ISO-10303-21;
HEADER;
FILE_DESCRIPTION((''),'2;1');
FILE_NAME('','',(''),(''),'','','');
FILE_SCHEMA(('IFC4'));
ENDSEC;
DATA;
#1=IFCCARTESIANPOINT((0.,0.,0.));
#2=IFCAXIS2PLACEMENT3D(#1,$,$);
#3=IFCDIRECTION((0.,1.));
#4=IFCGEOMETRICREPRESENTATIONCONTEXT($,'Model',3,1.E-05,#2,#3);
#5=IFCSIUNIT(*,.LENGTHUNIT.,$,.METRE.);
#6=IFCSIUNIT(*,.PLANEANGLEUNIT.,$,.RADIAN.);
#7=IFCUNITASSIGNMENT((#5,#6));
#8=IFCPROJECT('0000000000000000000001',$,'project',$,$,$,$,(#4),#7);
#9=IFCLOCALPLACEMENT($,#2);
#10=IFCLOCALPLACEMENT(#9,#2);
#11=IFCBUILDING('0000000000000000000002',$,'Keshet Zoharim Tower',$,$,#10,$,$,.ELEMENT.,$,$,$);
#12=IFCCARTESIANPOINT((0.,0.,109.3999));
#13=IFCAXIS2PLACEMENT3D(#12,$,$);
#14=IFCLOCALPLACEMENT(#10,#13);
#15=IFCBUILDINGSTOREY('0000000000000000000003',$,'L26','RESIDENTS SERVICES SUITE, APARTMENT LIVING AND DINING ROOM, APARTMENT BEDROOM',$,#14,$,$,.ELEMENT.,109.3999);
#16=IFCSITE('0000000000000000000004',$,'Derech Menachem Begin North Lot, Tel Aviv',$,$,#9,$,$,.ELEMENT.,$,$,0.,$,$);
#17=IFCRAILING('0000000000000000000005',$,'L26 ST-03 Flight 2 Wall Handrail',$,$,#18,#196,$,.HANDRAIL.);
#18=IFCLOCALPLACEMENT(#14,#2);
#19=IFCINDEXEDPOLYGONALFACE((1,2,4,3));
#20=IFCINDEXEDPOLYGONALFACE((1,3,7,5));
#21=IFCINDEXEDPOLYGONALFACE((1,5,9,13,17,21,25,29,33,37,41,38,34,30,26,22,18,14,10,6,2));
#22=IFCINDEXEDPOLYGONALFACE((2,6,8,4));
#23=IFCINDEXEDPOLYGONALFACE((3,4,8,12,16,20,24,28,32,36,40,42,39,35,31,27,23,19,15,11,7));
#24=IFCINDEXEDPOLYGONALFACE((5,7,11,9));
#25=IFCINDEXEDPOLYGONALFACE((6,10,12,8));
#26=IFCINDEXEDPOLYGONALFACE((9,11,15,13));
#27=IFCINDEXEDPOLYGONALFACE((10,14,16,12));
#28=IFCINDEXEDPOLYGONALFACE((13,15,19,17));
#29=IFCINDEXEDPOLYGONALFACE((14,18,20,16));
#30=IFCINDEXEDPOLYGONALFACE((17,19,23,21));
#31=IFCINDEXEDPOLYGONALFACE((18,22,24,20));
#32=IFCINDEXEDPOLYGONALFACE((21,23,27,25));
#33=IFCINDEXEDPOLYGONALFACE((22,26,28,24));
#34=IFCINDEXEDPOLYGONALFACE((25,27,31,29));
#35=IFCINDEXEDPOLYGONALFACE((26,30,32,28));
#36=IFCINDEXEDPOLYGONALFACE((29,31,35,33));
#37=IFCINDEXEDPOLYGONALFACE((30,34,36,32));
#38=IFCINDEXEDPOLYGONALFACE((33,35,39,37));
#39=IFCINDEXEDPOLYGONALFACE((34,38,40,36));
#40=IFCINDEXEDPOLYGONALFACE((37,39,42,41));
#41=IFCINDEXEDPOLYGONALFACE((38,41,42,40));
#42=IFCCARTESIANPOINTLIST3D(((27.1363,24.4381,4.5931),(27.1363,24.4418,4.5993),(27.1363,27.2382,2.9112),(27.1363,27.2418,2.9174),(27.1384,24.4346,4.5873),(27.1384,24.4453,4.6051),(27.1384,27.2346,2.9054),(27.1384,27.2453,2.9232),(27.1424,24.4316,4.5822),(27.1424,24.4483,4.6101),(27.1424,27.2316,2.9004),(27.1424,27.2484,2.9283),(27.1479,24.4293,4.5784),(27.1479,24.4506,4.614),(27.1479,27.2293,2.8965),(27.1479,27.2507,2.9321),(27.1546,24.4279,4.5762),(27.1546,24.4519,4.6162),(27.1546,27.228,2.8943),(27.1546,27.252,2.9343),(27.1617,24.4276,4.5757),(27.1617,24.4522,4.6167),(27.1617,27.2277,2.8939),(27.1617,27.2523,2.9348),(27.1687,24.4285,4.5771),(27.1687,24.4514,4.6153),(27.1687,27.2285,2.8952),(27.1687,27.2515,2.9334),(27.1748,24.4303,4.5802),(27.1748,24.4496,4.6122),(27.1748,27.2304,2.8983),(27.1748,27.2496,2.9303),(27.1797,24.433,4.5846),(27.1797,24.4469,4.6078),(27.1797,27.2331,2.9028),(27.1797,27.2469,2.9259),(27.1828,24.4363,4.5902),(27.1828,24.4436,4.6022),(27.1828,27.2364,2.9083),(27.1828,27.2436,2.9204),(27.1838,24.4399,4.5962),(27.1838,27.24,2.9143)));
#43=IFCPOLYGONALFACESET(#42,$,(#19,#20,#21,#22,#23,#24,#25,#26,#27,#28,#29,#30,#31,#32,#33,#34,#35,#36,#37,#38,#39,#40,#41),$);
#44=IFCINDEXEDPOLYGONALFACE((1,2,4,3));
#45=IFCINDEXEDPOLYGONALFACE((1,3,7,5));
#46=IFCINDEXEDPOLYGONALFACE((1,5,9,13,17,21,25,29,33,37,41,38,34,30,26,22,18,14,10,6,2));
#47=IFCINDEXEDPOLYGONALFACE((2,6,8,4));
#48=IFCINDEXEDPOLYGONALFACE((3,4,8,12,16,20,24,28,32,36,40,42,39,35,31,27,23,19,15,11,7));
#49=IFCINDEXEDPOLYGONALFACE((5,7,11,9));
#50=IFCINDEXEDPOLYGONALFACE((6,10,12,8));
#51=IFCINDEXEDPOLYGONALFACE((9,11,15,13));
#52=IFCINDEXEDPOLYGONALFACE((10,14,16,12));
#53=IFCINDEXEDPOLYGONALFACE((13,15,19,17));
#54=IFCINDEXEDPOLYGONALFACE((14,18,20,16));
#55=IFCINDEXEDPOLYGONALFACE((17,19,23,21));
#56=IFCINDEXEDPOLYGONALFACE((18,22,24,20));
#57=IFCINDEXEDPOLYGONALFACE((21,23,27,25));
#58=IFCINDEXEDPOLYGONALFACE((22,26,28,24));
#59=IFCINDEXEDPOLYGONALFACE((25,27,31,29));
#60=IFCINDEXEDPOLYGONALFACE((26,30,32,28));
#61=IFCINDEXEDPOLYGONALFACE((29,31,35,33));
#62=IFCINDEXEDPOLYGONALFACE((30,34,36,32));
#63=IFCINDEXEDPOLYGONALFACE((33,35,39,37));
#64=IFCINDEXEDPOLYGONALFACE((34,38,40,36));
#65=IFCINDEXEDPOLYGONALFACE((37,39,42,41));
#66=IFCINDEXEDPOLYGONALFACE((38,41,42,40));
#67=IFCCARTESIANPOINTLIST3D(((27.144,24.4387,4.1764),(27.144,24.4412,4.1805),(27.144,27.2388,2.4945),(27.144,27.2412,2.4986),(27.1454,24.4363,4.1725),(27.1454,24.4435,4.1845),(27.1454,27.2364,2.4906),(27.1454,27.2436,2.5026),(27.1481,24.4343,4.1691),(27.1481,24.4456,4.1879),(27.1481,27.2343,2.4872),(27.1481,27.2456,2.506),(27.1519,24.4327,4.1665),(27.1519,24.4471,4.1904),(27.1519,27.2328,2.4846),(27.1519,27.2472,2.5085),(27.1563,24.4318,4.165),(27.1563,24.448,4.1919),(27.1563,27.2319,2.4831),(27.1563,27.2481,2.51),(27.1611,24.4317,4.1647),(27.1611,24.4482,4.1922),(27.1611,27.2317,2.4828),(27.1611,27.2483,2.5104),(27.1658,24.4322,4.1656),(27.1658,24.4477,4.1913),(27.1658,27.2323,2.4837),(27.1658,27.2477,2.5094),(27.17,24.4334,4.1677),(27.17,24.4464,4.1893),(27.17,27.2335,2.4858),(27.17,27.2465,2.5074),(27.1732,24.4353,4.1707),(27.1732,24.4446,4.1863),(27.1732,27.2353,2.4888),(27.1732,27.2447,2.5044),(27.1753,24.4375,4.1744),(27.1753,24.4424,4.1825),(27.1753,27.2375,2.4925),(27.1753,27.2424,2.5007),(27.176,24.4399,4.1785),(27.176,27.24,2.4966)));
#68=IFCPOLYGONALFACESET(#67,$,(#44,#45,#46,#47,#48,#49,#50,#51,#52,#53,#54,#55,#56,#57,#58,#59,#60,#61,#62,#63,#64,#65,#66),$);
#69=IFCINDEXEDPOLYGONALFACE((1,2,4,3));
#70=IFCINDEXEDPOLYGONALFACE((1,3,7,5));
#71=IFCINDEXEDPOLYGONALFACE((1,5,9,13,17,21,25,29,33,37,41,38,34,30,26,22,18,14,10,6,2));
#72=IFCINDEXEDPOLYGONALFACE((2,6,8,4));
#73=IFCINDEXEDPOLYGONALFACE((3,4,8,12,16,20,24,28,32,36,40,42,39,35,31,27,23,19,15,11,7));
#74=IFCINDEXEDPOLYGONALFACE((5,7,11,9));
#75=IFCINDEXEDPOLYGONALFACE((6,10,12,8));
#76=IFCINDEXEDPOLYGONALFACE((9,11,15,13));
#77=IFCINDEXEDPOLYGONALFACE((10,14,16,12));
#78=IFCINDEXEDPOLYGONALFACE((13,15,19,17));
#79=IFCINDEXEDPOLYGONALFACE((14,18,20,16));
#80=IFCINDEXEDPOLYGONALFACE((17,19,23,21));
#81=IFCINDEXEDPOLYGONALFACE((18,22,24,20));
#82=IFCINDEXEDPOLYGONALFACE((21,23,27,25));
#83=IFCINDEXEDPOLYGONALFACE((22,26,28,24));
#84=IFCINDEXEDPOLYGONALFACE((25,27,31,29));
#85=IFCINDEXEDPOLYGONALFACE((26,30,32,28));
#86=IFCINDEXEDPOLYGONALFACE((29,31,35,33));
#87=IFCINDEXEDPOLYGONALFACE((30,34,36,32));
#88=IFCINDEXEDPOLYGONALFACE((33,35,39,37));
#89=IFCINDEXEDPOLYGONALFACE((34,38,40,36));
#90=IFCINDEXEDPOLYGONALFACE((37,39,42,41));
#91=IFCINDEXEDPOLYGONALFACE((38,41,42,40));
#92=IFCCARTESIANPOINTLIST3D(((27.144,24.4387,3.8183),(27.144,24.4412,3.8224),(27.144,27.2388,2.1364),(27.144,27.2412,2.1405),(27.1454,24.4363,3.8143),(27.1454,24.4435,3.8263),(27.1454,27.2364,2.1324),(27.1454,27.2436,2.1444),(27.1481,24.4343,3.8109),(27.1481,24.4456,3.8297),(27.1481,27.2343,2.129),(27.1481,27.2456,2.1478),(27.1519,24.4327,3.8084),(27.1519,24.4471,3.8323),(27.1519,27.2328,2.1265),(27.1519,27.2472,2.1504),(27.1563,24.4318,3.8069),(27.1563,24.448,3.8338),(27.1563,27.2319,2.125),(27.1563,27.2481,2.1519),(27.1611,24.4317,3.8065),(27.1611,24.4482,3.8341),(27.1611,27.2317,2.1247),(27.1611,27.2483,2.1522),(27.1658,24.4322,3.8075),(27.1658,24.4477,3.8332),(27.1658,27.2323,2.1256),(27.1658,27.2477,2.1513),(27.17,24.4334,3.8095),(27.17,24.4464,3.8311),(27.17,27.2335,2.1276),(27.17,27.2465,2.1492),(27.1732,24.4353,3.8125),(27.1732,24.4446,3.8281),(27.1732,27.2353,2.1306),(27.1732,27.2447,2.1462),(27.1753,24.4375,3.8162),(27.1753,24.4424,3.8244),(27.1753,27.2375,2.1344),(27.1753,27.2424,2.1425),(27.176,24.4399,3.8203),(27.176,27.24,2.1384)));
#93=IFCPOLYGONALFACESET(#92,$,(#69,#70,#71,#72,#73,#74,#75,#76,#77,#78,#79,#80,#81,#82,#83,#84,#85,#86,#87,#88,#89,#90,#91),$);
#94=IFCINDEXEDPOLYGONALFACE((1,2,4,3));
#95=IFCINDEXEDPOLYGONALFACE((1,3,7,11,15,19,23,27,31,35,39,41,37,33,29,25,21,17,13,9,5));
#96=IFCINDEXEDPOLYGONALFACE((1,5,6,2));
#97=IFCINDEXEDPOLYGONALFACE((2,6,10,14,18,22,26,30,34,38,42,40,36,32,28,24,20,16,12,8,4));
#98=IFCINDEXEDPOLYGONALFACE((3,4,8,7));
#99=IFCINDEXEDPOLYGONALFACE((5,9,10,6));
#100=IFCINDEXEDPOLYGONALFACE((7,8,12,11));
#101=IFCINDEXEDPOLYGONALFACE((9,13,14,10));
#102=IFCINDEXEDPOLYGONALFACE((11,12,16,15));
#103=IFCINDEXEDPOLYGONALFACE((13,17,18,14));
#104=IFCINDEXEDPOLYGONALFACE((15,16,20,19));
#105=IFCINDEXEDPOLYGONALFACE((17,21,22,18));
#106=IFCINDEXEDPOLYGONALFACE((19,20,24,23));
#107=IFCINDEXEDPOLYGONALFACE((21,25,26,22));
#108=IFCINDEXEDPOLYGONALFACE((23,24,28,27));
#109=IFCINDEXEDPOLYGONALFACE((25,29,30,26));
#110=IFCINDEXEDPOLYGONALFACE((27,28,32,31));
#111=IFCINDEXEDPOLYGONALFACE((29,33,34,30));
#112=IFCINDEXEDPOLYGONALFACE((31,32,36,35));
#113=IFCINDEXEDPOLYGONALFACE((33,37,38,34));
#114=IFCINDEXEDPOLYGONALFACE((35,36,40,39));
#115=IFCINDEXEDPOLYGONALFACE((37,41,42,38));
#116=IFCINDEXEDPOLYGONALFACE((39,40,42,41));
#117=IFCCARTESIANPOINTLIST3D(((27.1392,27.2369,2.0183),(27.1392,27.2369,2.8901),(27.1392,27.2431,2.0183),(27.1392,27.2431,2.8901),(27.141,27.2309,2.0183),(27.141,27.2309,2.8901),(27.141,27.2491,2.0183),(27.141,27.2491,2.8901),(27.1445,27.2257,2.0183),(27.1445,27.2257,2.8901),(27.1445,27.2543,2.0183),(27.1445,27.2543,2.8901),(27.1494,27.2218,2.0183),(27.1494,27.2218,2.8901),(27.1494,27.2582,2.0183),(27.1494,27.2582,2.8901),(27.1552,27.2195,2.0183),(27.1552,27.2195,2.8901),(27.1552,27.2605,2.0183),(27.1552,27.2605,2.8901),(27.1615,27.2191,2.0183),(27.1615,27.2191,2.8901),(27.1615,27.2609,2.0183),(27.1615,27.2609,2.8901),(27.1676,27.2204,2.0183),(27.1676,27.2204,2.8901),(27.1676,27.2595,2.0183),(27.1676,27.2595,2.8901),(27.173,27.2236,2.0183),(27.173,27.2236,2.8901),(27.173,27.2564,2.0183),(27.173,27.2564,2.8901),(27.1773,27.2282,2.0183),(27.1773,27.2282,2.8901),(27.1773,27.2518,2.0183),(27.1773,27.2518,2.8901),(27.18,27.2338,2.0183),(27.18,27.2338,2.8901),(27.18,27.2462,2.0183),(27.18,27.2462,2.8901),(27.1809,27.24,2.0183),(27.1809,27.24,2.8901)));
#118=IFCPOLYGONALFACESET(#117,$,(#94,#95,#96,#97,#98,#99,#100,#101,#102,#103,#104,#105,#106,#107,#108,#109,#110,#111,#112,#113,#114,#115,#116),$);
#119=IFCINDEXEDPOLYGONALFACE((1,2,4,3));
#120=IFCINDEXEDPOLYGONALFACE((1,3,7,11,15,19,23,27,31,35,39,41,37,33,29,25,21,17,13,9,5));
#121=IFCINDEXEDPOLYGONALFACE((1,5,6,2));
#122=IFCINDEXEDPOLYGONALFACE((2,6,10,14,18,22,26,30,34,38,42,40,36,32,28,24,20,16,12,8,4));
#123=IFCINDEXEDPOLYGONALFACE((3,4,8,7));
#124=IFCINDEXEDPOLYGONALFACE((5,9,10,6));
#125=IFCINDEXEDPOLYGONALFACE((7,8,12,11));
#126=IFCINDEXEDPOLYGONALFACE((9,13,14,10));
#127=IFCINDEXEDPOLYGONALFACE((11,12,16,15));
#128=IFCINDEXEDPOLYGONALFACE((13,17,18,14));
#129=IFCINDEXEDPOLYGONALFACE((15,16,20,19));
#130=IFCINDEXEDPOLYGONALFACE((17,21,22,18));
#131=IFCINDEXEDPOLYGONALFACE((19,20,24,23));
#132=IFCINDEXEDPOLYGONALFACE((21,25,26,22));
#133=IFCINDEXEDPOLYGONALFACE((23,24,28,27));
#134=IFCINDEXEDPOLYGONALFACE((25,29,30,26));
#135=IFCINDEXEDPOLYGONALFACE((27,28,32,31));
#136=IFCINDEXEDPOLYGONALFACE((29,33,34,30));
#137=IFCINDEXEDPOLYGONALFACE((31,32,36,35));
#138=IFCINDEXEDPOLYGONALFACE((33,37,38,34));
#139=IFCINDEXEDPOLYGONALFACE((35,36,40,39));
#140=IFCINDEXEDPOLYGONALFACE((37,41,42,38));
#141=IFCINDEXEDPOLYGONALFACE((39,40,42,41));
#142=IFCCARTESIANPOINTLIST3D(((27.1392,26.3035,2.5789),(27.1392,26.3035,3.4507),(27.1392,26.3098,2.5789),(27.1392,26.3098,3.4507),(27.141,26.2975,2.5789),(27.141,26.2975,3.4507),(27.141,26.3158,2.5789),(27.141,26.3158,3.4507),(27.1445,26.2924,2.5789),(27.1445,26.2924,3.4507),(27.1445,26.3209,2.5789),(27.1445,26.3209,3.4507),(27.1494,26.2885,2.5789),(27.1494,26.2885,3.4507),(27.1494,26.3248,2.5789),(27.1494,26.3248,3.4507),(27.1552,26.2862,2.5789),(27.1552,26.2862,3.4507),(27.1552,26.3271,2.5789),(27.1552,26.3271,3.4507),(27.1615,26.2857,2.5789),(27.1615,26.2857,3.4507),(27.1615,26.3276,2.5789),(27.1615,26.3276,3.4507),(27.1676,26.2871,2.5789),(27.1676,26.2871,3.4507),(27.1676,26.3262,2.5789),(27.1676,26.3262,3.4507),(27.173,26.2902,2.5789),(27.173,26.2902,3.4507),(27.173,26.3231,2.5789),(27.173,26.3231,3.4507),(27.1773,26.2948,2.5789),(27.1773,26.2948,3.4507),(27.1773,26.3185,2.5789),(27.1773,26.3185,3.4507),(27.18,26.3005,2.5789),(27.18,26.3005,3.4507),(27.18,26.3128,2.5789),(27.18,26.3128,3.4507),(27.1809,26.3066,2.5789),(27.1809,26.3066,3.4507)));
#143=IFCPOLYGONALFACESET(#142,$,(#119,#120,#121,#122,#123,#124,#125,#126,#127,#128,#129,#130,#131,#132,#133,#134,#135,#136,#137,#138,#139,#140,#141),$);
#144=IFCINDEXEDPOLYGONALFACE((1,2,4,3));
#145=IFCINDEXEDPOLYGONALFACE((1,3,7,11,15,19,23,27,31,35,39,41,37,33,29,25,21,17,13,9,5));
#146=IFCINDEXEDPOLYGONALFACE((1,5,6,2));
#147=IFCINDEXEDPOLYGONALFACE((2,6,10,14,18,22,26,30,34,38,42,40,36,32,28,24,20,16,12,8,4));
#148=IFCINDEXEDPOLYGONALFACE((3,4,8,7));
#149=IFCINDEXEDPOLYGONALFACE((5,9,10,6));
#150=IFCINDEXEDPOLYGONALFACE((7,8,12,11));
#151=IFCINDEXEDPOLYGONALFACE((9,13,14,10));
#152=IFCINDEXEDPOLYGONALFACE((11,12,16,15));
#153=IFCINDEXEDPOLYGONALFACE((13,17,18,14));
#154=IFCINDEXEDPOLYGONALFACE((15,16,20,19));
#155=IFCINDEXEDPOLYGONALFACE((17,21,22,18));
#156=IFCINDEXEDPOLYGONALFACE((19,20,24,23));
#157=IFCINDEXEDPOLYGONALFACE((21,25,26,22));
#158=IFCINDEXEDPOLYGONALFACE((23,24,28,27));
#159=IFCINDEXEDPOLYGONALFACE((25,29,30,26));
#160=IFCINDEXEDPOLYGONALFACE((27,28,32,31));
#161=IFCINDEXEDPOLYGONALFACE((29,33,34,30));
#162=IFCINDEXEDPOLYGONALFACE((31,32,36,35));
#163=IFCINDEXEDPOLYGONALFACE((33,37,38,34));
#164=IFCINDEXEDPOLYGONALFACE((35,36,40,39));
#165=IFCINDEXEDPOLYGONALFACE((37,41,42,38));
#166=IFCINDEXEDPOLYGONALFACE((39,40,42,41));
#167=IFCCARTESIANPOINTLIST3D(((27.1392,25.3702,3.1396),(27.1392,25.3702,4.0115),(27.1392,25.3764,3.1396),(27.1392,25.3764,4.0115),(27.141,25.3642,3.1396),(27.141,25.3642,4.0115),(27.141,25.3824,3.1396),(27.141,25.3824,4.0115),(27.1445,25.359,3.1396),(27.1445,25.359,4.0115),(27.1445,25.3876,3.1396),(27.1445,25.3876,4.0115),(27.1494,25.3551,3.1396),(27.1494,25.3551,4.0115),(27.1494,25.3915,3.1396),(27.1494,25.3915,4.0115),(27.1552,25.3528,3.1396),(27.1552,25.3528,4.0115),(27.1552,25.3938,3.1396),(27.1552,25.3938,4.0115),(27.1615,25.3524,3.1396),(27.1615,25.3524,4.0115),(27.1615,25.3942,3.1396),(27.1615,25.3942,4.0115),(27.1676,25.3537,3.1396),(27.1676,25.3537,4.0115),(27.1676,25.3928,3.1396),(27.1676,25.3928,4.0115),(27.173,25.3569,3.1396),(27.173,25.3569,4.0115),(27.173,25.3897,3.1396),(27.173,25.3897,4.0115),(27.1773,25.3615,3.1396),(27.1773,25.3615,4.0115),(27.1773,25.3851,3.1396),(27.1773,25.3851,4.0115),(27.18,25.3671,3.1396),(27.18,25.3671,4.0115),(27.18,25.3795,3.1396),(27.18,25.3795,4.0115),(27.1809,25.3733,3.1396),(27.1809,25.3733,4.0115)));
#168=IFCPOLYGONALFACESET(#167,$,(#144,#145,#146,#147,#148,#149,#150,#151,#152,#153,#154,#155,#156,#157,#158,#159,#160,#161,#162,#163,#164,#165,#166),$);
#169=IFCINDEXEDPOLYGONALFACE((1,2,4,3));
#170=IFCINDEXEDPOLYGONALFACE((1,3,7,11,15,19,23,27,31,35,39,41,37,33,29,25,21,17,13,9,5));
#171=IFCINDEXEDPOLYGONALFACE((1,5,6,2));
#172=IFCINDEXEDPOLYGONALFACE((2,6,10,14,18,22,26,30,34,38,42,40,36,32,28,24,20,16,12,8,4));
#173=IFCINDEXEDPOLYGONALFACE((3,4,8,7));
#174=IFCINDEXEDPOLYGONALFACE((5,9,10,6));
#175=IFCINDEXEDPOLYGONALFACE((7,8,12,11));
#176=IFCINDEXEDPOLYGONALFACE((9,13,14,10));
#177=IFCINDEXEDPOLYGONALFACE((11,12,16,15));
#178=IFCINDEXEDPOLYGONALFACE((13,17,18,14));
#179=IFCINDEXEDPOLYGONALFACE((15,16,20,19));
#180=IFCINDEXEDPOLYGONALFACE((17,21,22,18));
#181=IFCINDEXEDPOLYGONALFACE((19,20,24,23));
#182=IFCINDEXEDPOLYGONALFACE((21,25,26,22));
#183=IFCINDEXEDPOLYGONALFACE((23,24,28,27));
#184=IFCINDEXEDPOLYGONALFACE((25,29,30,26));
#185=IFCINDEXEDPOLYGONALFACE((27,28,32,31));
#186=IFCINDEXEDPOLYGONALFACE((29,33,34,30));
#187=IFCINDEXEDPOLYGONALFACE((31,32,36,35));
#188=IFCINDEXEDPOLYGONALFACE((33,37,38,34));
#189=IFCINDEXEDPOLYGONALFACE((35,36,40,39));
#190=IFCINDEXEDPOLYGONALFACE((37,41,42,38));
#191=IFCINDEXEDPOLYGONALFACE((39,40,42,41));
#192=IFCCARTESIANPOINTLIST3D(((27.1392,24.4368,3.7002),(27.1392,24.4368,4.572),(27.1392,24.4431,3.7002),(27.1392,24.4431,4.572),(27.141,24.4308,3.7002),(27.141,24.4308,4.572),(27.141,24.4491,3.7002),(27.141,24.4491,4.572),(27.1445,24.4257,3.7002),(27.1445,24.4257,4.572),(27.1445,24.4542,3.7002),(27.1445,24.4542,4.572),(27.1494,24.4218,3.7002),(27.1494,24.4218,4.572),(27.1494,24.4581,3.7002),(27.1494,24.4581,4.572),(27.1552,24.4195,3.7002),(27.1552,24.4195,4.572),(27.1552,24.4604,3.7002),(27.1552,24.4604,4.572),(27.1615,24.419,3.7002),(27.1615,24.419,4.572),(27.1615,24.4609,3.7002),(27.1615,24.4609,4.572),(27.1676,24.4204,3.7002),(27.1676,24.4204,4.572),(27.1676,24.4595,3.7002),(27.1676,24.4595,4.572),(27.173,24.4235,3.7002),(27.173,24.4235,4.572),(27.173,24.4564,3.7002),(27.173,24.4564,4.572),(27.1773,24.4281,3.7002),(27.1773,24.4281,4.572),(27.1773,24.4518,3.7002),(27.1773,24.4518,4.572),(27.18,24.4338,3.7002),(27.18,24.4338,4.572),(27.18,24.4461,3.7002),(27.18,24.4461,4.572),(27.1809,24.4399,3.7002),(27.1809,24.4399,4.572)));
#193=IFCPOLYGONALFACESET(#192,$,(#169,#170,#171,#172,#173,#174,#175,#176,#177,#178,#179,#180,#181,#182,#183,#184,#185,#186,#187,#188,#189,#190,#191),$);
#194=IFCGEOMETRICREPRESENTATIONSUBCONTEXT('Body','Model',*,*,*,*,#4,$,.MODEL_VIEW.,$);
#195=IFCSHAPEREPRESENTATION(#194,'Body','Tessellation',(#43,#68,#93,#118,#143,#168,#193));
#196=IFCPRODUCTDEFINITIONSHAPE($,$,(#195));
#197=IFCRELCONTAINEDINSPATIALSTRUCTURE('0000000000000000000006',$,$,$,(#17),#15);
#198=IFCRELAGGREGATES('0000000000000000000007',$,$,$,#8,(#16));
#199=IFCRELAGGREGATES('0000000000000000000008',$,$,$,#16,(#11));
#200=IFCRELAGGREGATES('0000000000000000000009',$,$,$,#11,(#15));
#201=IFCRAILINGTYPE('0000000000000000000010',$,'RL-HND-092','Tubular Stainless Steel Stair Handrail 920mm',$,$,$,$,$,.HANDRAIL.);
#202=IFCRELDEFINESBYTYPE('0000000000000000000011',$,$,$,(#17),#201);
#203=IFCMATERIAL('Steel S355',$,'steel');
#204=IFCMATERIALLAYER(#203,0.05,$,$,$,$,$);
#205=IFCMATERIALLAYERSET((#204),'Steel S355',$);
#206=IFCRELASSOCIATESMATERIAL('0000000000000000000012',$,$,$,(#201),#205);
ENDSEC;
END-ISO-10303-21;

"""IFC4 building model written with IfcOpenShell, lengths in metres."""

from ifc_helpers import new_model, si_unit, direction, frame, origin, origin_2d, place, context, subcontext, project, spatial, circle, extrude, material, layer, layer_set, type_object, element, save


model = new_model("IFC4")

# Units and contexts
model_context = context("Model", 3, precision=1e-05, world=origin(), true_north=direction((0.0, 1.0)))
body_context = subcontext(model_context, "Body", "Model", "MODEL_VIEW")
ifc_project = project(units=[si_unit("LENGTHUNIT", "METRE"), si_unit("PLANEANGLEUNIT", "RADIAN")], contexts=[model_context])

# Site, building, storey
site_placement = place(None, origin())
site = spatial("IfcSite", under=ifc_project, at=site_placement, Name="Derech Menachem Begin North Lot, Tel Aviv", CompositionType="ELEMENT", RefElevation=0.0)
building_placement = place(site_placement, origin())
building = spatial("IfcBuilding", under=site, at=building_placement, Name="Keshet Zoharim Tower", CompositionType="ELEMENT")
storey_placement = place(building_placement, frame((0.0, 0.0, 109.3999)))
storey = spatial("IfcBuildingStorey", under=building, at=storey_placement, Name="L26", Description="RESIDENTS SERVICES SUITE, APARTMENT LIVING AND DINING ROOM, APARTMENT BEDROOM", CompositionType="ELEMENT", Elevation=109.3999)

# Shared definitions
ifc_material_1 = material(Name="Steel S355", Category="steel")

# Railing
ifc_layer_1 = layer(ifc_material_1, 0.05)
ifc_layer_set_1 = layer_set([ifc_layer_1], Name="Steel S355")
railing_type_1 = type_object("IfcRailingType", Name="RL-HND-092", Description="Tubular Stainless Steel Stair Handrail 920mm", PredefinedType="HANDRAIL", material=ifc_layer_set_1)
for number, where, name in (
    (1, (27.1599, 27.24, 2.0183), "L26 ST-03 Flight 2 Wall Handrail"),
):
    element("IfcRailing", number, at=place(storey_placement, frame(where)), inside=storey, type_object=railing_type_1, Name=name, PredefinedType="HANDRAIL", context=body_context, shape_type="SweptSolid", body=[
        extrude(circle(Radius=0.0239, at=origin_2d()), frame((0.0, 0.0, 0.896), z_axis=(0.0, -0.857242, 0.514913), x_axis=(1.0, 0.0, 0.0)), (0.0, 0.0, 1.0), 3.2664),
        extrude(circle(Radius=0.0161, at=origin_2d()), frame((0.0, 0.0, 0.4783), z_axis=(0.0, -0.857242, 0.514913), x_axis=(1.0, 0.0, 0.0)), (0.0, 0.0, 1.0), 3.2664),
        extrude(circle(Radius=0.0161, at=origin_2d()), frame((0.0, 0.0, 0.1201), z_axis=(0.0, -0.857242, 0.514913), x_axis=(1.0, 0.0, 0.0)), (0.0, 0.0, 1.0), 3.2664),
        extrude(circle(Radius=0.021, at=origin_2d()), origin(), (0.0, 0.0, 1.0), 0.8718),
        extrude(circle(Radius=0.021, at=origin_2d()), frame((0.0, -0.9333, 0.5605)), (0.0, 0.0, 1.0), 0.8718),
        extrude(circle(Radius=0.021, at=origin_2d()), frame((0.0, -1.8667, 1.1213)), (0.0, 0.0, 1.0), 0.8718),
        extrude(circle(Radius=0.021, at=origin_2d()), frame((0.0, -2.8, 1.6819)), (0.0, 0.0, 1.0), 0.8718),
    ])

save(model, "model.ifc")
